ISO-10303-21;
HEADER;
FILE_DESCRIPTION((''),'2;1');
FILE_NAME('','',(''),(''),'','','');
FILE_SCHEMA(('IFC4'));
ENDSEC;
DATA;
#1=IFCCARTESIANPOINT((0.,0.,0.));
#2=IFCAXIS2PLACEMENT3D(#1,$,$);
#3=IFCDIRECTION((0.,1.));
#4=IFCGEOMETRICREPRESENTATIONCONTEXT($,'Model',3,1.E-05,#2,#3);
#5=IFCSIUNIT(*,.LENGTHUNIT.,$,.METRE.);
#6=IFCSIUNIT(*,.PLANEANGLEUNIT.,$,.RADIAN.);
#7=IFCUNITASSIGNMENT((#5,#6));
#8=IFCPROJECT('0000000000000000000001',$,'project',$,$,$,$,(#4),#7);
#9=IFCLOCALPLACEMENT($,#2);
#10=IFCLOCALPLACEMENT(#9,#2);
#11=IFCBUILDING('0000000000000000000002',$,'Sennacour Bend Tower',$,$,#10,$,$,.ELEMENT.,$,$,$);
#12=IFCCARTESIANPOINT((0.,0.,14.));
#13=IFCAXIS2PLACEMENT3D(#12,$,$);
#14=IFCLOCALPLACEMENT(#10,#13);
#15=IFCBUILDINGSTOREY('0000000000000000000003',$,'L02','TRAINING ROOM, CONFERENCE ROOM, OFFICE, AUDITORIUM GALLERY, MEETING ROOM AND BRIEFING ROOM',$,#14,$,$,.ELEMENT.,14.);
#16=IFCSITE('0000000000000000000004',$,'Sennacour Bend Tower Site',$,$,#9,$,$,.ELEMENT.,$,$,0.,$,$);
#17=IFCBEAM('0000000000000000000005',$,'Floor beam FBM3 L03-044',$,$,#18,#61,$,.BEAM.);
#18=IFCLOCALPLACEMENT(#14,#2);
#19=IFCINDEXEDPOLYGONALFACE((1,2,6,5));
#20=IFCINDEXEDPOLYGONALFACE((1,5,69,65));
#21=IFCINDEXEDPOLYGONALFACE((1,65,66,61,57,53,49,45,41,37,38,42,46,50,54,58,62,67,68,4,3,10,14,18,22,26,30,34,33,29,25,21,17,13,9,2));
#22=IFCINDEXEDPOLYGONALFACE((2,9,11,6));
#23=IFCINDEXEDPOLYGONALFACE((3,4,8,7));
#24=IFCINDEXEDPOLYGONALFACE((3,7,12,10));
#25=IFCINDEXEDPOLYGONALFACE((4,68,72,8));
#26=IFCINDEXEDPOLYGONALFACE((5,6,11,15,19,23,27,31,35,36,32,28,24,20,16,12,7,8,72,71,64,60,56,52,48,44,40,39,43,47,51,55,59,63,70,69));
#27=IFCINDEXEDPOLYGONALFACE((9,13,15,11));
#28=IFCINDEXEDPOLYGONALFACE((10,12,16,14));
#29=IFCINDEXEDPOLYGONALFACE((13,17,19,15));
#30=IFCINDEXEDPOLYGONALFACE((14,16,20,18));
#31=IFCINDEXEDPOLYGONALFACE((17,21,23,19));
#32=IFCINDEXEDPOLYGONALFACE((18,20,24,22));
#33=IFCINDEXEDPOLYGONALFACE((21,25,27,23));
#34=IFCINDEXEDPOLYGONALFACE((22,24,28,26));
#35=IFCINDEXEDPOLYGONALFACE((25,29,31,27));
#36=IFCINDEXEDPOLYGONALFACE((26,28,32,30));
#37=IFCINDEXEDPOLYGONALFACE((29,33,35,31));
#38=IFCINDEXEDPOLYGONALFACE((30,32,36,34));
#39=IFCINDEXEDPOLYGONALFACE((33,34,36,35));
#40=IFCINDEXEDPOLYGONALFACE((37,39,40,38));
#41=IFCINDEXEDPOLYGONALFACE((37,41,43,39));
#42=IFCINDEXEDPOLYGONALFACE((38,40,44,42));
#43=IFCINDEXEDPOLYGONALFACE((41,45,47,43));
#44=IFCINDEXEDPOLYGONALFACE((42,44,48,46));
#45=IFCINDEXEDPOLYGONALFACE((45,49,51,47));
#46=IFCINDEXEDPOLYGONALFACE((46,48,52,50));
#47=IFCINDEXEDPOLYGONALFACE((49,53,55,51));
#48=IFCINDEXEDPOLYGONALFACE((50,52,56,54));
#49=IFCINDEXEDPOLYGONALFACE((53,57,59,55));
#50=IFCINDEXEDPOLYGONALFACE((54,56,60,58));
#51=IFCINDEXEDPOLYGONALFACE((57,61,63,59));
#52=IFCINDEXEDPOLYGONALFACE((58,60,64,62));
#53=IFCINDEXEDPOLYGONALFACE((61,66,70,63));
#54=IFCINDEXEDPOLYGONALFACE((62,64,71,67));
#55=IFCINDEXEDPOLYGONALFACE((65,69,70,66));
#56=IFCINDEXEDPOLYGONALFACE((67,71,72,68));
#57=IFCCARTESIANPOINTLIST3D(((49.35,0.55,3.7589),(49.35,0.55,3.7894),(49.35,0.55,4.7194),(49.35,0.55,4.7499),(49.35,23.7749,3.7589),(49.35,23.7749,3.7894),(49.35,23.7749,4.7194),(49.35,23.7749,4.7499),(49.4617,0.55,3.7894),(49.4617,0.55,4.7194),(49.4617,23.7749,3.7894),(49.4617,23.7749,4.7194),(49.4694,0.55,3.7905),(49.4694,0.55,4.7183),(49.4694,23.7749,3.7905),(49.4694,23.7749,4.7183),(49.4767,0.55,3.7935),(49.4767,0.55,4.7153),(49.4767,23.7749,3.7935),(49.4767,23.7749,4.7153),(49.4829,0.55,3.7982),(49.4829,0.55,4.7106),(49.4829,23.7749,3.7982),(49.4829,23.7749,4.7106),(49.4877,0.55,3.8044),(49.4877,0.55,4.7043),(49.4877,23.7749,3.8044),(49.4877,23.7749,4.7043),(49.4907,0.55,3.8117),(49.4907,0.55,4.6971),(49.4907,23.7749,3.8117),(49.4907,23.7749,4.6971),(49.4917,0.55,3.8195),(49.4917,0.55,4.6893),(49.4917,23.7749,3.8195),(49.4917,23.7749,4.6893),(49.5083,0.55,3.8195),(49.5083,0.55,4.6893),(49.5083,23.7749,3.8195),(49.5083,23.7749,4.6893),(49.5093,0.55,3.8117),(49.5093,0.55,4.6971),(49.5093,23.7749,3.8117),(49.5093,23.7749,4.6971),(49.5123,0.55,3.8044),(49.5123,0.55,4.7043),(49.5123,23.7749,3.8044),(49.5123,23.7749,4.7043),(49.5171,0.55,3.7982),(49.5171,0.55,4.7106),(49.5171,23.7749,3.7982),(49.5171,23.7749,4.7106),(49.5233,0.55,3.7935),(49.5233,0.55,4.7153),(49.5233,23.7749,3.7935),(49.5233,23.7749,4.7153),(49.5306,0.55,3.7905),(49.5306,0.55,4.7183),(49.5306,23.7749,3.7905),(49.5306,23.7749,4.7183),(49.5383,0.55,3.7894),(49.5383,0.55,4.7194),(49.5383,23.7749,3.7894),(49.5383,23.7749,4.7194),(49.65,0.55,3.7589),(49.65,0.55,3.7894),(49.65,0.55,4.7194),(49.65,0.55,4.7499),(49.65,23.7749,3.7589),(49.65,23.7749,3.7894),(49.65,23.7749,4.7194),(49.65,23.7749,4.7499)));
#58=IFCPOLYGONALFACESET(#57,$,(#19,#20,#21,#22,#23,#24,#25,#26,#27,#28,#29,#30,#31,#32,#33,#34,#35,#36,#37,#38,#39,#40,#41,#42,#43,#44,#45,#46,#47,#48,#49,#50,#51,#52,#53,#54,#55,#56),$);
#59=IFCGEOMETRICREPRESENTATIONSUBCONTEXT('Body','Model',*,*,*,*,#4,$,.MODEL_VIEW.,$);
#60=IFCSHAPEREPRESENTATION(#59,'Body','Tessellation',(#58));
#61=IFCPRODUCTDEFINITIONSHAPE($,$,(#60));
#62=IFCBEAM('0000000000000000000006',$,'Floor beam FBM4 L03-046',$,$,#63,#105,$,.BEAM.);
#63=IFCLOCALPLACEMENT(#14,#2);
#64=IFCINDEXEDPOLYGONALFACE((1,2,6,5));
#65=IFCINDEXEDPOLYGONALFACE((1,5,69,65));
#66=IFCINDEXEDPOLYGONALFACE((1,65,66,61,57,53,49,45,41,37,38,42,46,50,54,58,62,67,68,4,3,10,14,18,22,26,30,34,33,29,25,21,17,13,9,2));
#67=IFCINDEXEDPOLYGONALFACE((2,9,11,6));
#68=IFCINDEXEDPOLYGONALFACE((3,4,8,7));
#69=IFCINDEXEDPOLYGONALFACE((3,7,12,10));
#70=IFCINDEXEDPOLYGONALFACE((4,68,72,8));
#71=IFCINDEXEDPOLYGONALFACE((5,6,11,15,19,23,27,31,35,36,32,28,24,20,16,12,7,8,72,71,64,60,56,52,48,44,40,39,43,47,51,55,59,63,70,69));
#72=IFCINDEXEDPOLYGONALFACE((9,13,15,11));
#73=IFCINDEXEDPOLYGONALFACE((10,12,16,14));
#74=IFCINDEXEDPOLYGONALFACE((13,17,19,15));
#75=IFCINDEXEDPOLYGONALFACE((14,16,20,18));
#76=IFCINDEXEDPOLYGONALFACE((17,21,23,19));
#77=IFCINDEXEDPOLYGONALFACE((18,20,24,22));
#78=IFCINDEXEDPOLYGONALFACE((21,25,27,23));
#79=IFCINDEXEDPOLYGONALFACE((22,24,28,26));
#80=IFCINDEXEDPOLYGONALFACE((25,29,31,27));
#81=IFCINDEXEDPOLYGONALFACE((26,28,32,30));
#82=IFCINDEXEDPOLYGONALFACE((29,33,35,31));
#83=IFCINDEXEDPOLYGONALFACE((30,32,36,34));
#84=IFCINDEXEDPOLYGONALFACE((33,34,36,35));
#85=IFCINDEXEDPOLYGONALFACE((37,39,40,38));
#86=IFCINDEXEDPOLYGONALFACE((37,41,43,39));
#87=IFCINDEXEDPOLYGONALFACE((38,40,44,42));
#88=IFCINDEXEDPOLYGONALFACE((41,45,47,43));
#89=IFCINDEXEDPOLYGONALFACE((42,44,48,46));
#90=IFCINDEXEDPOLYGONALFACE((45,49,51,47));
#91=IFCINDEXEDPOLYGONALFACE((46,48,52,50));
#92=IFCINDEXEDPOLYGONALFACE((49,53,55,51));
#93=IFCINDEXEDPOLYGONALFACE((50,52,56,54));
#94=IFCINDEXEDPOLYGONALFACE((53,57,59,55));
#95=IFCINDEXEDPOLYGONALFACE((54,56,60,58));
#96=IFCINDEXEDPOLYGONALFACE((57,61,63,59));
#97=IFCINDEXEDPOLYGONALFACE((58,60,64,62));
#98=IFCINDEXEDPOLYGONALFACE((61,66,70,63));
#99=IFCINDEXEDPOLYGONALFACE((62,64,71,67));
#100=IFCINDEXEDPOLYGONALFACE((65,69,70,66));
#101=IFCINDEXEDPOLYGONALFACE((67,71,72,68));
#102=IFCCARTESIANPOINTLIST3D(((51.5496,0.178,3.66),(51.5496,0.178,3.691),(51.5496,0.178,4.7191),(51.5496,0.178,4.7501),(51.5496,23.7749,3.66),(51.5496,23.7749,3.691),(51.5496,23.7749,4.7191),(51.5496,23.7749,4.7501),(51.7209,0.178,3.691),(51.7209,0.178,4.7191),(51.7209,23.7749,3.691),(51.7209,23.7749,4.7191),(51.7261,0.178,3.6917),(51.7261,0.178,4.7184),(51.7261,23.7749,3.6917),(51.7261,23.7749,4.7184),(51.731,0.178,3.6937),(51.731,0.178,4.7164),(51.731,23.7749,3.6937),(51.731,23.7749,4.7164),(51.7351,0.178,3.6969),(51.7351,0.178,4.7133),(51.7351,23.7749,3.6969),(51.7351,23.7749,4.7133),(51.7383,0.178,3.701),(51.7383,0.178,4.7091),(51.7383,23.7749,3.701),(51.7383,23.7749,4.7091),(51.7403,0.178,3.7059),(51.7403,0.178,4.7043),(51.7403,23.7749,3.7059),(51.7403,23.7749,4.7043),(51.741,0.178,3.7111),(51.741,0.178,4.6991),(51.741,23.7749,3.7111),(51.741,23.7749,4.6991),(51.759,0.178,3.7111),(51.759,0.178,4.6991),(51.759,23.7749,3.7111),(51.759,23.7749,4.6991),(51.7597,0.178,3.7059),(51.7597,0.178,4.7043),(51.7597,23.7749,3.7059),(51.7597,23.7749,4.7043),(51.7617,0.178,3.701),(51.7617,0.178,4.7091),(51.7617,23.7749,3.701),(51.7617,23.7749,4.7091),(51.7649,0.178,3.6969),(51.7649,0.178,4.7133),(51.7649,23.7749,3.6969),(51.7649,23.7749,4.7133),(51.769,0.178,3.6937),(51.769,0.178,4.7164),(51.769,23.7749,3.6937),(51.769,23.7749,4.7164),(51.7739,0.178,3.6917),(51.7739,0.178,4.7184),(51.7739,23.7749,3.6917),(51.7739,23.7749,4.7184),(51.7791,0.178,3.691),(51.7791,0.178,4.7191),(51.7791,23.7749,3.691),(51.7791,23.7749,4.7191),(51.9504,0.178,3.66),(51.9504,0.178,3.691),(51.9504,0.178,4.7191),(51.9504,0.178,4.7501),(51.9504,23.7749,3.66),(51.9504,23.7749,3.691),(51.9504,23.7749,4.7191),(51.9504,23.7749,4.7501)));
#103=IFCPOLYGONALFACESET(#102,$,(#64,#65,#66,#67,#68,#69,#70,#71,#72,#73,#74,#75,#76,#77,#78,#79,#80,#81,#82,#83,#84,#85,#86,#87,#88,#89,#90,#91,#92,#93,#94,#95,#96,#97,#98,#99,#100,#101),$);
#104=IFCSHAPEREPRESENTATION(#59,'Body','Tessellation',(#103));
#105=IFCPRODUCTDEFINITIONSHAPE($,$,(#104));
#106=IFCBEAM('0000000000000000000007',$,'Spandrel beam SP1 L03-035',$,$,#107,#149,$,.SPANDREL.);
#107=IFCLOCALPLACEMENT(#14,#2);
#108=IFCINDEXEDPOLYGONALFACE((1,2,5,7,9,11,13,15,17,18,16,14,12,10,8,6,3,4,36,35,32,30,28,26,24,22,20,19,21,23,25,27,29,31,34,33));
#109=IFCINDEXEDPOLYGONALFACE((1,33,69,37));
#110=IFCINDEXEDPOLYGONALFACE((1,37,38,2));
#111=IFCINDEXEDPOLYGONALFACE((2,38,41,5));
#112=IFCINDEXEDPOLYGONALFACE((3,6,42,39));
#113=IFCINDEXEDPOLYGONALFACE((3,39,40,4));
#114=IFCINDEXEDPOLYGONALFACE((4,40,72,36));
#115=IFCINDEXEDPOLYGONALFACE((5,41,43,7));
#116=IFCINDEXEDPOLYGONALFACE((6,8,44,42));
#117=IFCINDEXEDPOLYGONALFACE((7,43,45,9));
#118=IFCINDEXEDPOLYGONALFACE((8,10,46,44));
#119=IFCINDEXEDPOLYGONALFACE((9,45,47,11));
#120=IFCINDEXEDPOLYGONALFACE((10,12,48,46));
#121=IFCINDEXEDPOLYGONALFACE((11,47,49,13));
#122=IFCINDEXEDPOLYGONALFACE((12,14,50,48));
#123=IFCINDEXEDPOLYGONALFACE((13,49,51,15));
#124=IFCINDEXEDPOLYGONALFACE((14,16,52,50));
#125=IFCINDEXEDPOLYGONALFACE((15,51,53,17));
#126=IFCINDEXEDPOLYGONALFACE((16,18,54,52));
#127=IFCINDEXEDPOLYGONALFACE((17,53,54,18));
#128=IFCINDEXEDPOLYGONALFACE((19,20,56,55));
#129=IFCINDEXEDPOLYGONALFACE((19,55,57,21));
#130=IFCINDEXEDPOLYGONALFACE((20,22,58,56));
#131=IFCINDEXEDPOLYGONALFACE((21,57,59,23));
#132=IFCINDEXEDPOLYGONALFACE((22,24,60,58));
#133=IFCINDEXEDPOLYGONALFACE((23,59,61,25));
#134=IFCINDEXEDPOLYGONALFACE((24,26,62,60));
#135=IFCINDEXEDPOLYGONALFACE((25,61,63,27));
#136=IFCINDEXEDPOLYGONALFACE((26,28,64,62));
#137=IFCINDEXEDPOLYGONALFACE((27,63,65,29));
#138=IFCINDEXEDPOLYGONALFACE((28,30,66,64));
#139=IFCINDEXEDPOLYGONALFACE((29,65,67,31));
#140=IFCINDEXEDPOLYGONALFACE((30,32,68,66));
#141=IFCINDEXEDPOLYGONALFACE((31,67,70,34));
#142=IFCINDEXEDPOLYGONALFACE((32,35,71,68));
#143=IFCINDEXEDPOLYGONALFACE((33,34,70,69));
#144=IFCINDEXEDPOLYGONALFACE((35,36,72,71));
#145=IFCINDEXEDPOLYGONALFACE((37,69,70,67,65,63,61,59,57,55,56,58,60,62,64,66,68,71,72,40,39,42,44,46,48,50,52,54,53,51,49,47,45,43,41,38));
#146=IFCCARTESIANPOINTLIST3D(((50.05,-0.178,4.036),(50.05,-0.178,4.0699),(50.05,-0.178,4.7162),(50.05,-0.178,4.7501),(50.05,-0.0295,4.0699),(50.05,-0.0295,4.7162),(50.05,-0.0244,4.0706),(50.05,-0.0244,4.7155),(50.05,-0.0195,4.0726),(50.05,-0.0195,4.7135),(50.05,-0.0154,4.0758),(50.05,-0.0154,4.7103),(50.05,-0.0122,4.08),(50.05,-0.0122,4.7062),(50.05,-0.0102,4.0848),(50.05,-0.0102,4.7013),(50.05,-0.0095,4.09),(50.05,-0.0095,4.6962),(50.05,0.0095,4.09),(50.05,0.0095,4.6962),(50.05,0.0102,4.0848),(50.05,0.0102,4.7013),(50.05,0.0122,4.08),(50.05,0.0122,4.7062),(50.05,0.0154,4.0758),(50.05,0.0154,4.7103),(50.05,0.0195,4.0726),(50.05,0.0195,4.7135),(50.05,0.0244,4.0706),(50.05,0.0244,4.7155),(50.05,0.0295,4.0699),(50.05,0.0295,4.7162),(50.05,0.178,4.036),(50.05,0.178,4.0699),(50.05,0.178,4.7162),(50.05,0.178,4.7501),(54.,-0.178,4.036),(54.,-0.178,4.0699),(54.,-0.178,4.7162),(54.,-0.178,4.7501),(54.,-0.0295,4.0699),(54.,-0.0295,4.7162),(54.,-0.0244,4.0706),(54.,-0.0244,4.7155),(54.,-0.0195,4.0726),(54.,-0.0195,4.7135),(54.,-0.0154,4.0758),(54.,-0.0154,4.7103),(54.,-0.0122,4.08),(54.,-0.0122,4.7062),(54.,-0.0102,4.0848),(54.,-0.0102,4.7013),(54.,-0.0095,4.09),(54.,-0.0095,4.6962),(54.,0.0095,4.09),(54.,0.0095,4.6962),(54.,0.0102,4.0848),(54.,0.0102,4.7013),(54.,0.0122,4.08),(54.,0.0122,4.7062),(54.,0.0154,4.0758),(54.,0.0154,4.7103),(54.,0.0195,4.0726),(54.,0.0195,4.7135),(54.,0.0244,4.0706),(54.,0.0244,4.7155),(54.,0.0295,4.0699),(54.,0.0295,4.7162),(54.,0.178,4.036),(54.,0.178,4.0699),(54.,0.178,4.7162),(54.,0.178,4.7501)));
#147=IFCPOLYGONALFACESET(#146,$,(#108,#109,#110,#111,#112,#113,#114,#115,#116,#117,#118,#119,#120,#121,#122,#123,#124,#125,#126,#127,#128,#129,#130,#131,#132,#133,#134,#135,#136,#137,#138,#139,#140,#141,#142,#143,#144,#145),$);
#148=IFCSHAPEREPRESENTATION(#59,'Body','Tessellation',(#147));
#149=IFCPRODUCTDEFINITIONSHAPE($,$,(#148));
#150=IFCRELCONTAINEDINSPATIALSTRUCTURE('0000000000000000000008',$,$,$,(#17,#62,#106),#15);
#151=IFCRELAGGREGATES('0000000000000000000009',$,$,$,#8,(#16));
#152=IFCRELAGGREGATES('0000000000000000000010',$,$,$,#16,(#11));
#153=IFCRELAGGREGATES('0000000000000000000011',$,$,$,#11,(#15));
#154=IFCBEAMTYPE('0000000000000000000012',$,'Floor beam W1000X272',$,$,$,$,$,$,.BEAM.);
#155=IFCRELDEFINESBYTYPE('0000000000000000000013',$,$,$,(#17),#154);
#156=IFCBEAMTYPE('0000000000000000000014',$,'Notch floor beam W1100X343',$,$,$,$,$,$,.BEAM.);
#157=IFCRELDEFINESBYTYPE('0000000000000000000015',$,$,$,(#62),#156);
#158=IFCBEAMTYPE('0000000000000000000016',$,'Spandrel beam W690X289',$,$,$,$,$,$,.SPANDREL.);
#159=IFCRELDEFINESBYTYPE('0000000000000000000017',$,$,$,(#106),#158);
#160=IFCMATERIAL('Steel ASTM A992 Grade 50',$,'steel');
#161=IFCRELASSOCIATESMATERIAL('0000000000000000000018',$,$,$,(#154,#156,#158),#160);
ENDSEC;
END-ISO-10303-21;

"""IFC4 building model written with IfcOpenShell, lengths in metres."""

from ifc_helpers import new_model, si_unit, direction, frame, origin, origin_2d, place, context, subcontext, project, spatial, i_section, extrude, material, material_profile, profile_set, type_object, element, save


model = new_model("IFC4")

# Units and contexts
model_context = context("Model", 3, precision=1e-05, world=origin(), true_north=direction((0.0, 1.0)))
body_context = subcontext(model_context, "Body", "Model", "MODEL_VIEW")
ifc_project = project(units=[si_unit("LENGTHUNIT", "METRE"), si_unit("PLANEANGLEUNIT", "RADIAN")], contexts=[model_context])

# Site, building, storey
site_placement = place(None, origin())
site = spatial("IfcSite", under=ifc_project, at=site_placement, Name="Sennacour Bend Tower Site", CompositionType="ELEMENT", RefElevation=0.0)
building_placement = place(site_placement, origin())
building = spatial("IfcBuilding", under=site, at=building_placement, Name="Sennacour Bend Tower", CompositionType="ELEMENT")
storey_placement = place(building_placement, frame((0.0, 0.0, 14.0)))
storey = spatial("IfcBuildingStorey", under=building, at=storey_placement, Name="L02", Description="TRAINING ROOM, CONFERENCE ROOM, OFFICE, AUDITORIUM GALLERY, MEETING ROOM AND BRIEFING ROOM", CompositionType="ELEMENT", Elevation=14.0)

# Beams
ifc_material_1 = material(Name="Steel ASTM A992 Grade 50", Category="steel")
ifc_material_profile_1 = material_profile(ifc_material_1, i_section(OverallWidth=0.3, OverallDepth=0.991, WebThickness=0.0166, FlangeThickness=0.0305, FilletRadius=0.03, at=origin_2d()), Name="Steel ASTM A992 Grade 50", Category="steel")
ifc_profile_set_1 = profile_set([ifc_material_profile_1], Name="Steel ASTM A992 Grade 50")
beam_type_1 = type_object("IfcBeamType", Name="Floor beam W1000X272", PredefinedType="BEAM", material=ifc_profile_set_1)
beam_1_placement = place(storey_placement, frame((49.5, 0.55, 4.2544), z_axis=(0.0, 1.0, 0.0), x_axis=(-1.0, 0.0, 0.0)))
element("IfcBeam", 1, at=beam_1_placement, inside=storey, type_object=beam_type_1, Name="Floor beam FBM3 L03-044", PredefinedType="BEAM", context=body_context, shape_type="SweptSolid", body=[
    extrude(i_section(OverallWidth=0.3, OverallDepth=0.991, WebThickness=0.0166, FlangeThickness=0.0305, FilletRadius=0.03, at=origin_2d()), origin(), (0.0, 0.0, 1.0), 23.2249),
])
ifc_material_profile_2 = material_profile(ifc_material_1, i_section(OverallWidth=0.4009, OverallDepth=1.0901, WebThickness=0.0181, FlangeThickness=0.031, FilletRadius=0.02, at=origin_2d()), Name="Steel ASTM A992 Grade 50", Category="steel")
ifc_profile_set_2 = profile_set([ifc_material_profile_2], Name="Steel ASTM A992 Grade 50")
beam_type_2 = type_object("IfcBeamType", Name="Notch floor beam W1100X343", PredefinedType="BEAM", material=ifc_profile_set_2)
beam_2_placement = place(storey_placement, frame((51.75, 0.178, 4.2051), z_axis=(0.0, 1.0, 0.0), x_axis=(-1.0, 0.0, 0.0)))
element("IfcBeam", 2, at=beam_2_placement, inside=storey, type_object=beam_type_2, Name="Floor beam FBM4 L03-046", PredefinedType="BEAM", context=body_context, shape_type="SweptSolid", body=[
    extrude(i_section(OverallWidth=0.4009, OverallDepth=1.0901, WebThickness=0.0181, FlangeThickness=0.031, FilletRadius=0.02, at=origin_2d()), origin(), (0.0, 0.0, 1.0), 23.5969),
])
ifc_material_profile_3 = material_profile(ifc_material_1, i_section(OverallWidth=0.356, OverallDepth=0.7141, WebThickness=0.019, FlangeThickness=0.0339, FilletRadius=0.02, at=origin_2d()), Name="Steel ASTM A992 Grade 50", Category="steel")
ifc_profile_set_3 = profile_set([ifc_material_profile_3], Name="Steel ASTM A992 Grade 50")
beam_type_3 = type_object("IfcBeamType", Name="Spandrel beam W690X289", PredefinedType="SPANDREL", material=ifc_profile_set_3)
beam_3_placement = place(storey_placement, frame((50.05, 0.0, 4.3931), z_axis=(1.0, 0.0, 0.0), x_axis=(0.0, 1.0, 0.0)))
element("IfcBeam", 3, at=beam_3_placement, inside=storey, type_object=beam_type_3, Name="Spandrel beam SP1 L03-035", PredefinedType="SPANDREL", context=body_context, shape_type="SweptSolid", body=[
    extrude(i_section(OverallWidth=0.356, OverallDepth=0.7141, WebThickness=0.019, FlangeThickness=0.0339, FilletRadius=0.02, at=origin_2d()), origin(), (0.0, 0.0, 1.0), 3.95),
])

save(model, "model.ifc")
